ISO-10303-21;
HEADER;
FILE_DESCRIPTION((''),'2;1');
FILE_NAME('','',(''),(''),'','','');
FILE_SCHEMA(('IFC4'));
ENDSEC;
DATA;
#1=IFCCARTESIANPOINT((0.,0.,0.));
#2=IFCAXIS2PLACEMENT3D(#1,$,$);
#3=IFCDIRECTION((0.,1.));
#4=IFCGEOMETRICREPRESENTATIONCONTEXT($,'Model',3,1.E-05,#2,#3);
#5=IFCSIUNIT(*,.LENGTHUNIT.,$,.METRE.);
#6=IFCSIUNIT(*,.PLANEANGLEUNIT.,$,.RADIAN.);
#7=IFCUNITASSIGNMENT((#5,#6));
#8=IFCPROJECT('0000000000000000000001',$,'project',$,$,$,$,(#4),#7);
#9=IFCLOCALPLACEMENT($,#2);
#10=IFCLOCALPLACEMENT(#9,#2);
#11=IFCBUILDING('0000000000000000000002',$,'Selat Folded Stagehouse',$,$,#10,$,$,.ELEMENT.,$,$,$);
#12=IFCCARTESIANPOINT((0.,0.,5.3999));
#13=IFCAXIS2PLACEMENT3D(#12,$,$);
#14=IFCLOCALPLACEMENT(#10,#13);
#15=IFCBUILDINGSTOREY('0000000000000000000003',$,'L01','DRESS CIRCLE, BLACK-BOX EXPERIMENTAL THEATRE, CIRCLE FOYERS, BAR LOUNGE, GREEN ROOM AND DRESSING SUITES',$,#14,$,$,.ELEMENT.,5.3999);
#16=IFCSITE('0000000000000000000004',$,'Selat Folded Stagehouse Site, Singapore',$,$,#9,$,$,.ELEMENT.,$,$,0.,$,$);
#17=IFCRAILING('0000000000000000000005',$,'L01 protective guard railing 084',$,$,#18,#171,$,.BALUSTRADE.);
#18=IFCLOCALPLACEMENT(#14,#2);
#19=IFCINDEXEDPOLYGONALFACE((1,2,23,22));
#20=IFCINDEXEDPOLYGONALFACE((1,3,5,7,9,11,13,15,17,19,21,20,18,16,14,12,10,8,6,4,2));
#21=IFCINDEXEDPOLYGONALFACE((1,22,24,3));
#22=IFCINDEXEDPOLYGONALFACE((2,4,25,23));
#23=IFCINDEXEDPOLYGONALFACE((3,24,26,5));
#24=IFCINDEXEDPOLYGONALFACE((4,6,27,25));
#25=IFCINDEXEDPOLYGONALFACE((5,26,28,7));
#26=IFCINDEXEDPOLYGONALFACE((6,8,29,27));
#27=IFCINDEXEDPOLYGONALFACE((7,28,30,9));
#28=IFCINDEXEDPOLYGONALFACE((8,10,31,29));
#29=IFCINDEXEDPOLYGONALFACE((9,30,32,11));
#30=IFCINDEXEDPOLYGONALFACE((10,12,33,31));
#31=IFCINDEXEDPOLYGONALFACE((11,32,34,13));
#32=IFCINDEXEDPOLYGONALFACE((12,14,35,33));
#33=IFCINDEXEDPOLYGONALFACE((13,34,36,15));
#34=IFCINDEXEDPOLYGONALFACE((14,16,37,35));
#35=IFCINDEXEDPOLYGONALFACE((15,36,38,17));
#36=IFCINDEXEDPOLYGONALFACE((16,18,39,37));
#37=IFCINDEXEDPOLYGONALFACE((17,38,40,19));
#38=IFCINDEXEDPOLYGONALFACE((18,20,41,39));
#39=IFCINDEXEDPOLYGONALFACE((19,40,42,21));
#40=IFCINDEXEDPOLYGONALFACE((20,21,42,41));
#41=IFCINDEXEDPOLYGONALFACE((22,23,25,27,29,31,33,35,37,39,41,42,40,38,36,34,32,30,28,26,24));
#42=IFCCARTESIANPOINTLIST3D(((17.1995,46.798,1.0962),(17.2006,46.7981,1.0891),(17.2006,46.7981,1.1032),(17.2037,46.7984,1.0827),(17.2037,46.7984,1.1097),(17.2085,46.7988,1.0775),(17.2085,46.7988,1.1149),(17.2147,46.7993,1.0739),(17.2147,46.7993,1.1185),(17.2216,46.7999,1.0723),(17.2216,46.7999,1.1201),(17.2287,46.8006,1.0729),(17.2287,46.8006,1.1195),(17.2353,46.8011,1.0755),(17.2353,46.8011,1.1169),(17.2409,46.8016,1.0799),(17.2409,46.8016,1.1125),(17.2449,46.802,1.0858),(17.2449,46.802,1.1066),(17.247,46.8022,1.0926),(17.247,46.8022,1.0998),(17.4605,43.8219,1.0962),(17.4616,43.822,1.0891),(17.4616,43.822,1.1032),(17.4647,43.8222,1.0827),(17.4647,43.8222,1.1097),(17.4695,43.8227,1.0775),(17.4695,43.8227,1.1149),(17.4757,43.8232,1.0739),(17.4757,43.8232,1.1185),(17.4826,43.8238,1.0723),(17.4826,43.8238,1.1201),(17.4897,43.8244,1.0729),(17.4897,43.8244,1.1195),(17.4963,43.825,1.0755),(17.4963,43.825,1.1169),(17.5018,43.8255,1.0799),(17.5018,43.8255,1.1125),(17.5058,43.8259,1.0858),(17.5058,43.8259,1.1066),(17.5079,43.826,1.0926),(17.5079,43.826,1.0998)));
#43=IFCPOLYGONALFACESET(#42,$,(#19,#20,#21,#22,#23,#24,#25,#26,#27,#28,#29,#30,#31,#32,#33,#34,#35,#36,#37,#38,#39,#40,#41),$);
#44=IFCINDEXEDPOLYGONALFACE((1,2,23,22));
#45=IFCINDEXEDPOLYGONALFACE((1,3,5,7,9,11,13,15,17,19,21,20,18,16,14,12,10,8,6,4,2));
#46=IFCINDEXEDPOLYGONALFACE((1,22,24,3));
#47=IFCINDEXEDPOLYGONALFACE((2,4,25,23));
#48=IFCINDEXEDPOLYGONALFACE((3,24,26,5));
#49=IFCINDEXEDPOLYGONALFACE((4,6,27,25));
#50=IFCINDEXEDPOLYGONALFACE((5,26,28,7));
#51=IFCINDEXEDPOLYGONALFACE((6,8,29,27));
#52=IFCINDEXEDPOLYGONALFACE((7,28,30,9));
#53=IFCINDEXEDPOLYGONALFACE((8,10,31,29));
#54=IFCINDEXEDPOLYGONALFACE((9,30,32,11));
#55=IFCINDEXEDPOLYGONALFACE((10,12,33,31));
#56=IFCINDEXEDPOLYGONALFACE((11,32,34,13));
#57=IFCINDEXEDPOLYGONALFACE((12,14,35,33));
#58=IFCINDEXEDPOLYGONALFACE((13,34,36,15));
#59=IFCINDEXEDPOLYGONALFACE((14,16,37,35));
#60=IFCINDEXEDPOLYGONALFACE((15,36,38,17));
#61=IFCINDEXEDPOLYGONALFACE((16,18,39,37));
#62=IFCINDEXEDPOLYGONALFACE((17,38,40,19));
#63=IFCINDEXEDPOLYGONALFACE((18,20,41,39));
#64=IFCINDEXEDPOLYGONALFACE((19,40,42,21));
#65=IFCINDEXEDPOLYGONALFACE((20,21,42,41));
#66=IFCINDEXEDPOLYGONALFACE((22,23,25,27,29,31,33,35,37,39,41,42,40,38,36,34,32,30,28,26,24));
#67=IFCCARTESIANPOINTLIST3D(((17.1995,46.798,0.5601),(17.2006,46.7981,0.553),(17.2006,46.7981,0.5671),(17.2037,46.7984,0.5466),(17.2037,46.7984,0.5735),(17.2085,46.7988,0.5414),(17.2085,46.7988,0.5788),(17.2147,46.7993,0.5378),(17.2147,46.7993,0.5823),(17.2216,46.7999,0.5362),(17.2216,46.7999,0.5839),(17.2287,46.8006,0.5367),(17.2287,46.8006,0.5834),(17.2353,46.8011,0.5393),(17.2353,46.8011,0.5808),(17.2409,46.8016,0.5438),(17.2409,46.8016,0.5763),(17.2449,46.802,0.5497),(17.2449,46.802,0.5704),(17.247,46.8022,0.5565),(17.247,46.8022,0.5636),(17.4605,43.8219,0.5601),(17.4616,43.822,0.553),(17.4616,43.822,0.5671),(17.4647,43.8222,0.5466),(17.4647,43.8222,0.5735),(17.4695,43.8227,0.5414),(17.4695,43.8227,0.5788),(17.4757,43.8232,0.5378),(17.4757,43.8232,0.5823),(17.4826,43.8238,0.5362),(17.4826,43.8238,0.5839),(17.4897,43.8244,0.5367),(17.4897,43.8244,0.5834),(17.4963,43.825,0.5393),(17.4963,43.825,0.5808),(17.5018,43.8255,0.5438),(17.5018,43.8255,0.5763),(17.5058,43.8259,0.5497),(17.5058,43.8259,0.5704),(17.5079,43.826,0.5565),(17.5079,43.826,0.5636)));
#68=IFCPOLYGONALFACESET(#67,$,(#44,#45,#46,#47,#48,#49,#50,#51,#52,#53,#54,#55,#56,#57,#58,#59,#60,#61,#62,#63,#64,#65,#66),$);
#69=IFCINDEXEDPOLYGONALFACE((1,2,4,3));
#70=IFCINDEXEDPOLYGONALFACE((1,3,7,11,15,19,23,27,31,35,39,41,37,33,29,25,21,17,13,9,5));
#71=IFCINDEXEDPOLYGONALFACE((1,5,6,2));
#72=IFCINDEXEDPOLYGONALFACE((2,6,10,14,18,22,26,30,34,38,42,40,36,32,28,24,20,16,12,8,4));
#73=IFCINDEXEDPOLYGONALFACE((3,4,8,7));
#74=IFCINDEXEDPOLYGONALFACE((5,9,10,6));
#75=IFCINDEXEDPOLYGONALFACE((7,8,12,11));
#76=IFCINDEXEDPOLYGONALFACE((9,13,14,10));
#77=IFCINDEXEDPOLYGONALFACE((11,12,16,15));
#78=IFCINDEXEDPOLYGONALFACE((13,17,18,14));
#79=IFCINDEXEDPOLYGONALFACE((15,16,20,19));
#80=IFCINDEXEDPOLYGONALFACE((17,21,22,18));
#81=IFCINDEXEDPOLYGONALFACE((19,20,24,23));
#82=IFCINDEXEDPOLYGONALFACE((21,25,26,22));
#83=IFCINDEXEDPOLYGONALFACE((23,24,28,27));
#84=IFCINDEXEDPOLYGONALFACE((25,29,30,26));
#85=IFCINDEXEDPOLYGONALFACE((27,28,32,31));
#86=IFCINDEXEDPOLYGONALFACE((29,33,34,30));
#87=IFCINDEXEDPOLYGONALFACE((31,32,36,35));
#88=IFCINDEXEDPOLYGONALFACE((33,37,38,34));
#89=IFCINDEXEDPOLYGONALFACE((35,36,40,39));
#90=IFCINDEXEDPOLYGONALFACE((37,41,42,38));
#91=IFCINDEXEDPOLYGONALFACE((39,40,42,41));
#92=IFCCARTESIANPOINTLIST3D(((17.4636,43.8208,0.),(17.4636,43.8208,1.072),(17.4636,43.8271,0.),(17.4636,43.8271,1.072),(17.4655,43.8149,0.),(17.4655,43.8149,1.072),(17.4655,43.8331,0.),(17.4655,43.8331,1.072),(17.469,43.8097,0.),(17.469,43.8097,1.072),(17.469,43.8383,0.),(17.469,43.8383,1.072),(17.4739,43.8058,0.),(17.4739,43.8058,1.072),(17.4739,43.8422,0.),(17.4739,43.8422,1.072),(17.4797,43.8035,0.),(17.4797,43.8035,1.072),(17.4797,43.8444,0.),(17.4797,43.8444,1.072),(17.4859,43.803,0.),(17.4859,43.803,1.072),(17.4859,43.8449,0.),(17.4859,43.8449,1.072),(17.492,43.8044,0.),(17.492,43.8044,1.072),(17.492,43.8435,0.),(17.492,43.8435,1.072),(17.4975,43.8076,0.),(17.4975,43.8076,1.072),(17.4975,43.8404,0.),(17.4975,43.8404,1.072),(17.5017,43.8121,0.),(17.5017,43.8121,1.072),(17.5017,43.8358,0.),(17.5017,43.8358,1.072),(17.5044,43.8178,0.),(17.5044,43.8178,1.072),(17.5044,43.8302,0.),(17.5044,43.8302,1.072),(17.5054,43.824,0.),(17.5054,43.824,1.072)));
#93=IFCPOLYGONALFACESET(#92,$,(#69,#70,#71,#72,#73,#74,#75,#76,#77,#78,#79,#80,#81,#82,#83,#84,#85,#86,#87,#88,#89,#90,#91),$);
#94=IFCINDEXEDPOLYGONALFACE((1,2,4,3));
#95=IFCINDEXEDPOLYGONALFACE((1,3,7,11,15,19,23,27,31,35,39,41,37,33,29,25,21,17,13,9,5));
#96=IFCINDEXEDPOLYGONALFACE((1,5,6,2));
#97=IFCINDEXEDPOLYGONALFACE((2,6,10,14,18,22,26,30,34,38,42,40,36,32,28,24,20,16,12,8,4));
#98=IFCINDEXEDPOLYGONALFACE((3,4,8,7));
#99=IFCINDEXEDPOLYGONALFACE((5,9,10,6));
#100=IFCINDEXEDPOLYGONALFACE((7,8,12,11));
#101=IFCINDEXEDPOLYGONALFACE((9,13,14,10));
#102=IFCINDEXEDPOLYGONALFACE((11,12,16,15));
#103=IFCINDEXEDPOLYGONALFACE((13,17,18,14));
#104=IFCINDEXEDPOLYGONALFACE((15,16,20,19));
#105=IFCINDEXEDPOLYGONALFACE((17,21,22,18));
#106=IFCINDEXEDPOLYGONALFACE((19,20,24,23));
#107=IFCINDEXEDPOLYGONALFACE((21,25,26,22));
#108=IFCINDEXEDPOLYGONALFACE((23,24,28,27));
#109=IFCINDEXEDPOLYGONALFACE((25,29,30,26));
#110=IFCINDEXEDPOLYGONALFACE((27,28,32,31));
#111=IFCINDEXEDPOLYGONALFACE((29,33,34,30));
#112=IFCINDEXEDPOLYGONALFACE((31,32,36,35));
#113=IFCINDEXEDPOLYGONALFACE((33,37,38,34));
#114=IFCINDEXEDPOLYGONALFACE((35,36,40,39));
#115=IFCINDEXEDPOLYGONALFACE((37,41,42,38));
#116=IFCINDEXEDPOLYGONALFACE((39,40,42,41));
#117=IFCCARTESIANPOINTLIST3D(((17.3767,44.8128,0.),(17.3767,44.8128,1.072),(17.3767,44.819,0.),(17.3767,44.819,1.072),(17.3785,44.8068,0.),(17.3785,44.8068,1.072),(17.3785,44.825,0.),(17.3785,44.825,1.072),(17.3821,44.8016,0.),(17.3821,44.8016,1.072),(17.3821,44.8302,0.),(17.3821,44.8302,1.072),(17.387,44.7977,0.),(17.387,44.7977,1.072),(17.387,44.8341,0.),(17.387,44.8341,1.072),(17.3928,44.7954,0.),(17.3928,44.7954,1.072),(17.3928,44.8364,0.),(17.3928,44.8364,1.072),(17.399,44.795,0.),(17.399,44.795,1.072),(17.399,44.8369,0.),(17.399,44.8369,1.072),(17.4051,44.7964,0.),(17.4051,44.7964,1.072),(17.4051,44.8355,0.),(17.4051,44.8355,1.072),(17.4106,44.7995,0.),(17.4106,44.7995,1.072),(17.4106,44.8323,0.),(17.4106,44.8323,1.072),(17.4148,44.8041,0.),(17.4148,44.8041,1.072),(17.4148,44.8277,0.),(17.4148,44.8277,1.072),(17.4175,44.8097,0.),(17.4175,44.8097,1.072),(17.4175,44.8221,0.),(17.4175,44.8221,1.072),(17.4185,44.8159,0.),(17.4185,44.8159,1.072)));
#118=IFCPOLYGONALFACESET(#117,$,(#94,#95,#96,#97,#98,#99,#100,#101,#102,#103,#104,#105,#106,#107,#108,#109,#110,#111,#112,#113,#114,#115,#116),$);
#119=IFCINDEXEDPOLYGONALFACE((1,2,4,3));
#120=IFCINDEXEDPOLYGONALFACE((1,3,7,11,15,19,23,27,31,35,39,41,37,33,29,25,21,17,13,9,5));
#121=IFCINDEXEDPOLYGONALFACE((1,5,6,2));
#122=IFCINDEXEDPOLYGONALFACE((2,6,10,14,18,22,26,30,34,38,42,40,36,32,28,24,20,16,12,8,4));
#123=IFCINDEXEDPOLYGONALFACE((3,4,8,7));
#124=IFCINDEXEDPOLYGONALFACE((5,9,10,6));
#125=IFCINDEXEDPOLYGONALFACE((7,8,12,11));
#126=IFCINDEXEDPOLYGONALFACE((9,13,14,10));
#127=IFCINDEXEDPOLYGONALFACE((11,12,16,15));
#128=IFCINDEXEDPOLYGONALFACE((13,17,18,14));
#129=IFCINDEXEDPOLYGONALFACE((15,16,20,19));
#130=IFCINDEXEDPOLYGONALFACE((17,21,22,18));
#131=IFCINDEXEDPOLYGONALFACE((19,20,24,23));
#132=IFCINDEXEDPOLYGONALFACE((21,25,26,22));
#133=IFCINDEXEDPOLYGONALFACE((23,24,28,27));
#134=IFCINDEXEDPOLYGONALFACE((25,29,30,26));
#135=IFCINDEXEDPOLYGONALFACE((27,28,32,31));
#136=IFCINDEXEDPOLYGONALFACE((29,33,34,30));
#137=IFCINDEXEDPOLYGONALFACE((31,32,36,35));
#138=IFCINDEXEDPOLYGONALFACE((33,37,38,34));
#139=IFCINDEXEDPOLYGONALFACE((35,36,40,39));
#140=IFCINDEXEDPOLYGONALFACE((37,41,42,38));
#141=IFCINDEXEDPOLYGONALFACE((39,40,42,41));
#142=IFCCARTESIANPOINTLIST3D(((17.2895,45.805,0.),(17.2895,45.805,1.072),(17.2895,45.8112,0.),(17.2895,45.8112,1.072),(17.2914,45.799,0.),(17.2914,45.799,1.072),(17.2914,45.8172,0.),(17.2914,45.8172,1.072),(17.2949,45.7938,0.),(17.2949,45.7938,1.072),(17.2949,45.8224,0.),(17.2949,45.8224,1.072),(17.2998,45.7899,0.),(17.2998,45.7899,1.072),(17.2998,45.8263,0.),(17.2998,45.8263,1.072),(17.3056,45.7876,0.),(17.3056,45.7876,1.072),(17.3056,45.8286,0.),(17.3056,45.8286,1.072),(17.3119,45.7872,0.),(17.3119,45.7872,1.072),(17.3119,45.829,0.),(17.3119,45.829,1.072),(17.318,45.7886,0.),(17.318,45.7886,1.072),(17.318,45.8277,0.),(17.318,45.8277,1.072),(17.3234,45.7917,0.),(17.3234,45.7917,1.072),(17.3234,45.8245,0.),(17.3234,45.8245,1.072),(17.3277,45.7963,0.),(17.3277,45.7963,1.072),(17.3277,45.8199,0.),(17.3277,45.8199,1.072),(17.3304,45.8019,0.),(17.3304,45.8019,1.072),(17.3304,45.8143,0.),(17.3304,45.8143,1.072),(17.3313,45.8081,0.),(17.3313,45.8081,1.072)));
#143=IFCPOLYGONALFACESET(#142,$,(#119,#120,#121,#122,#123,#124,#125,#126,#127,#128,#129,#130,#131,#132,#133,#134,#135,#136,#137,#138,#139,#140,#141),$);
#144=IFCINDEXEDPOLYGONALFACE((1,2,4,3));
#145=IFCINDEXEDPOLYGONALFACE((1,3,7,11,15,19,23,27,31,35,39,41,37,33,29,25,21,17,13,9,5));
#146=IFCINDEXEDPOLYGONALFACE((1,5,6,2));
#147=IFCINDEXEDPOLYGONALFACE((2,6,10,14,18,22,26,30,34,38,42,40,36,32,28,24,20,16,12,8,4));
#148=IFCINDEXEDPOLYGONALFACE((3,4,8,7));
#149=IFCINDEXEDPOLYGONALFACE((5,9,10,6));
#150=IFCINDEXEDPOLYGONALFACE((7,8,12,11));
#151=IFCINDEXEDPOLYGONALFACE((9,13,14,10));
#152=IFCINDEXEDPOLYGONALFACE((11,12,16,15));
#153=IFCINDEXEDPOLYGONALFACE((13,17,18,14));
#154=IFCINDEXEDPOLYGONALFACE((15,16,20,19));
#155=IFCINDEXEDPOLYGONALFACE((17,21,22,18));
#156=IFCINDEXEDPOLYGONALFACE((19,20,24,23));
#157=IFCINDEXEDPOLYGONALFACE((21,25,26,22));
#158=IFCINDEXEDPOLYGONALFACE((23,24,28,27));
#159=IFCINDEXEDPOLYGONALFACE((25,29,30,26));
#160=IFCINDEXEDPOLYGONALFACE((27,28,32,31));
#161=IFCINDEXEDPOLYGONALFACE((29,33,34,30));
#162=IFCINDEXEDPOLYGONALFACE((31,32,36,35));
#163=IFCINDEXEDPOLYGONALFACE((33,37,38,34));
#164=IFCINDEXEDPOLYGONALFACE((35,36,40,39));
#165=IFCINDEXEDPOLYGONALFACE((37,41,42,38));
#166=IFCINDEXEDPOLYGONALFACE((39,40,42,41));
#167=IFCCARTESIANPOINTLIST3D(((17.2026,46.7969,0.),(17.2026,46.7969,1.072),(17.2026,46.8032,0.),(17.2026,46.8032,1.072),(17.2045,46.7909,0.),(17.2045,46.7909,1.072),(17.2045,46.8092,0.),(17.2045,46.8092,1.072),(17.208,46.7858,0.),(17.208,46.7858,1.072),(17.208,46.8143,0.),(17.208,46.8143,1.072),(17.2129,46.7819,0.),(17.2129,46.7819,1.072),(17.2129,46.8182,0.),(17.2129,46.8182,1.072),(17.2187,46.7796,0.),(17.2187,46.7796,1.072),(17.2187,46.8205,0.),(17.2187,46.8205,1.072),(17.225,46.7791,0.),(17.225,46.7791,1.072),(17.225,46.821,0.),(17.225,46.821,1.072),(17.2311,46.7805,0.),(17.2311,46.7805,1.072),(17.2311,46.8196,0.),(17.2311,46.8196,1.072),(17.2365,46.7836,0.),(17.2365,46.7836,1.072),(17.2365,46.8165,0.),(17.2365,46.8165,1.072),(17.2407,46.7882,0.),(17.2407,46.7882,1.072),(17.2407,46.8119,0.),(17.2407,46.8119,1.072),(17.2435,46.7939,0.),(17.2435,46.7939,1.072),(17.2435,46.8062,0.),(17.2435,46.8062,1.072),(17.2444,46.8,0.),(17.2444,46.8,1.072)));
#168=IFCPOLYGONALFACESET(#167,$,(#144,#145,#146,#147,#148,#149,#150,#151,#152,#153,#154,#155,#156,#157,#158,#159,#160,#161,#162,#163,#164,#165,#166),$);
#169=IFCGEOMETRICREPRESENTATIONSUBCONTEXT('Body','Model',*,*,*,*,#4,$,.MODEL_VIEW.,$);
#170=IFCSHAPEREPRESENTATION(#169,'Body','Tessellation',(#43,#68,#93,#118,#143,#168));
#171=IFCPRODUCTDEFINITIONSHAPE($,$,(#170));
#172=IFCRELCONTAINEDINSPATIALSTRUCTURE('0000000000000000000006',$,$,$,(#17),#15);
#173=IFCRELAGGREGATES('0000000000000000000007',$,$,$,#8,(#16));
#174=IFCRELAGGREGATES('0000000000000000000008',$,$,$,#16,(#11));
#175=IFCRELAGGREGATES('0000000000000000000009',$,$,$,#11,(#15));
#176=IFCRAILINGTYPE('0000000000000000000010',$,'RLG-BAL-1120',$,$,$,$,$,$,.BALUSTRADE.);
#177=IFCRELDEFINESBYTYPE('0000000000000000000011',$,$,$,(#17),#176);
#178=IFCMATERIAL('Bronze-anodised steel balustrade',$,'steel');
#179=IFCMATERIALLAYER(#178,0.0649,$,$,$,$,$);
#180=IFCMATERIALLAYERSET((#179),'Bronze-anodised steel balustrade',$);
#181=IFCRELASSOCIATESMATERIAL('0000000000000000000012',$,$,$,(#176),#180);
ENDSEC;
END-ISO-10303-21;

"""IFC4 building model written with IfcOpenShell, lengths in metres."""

from ifc_helpers import new_model, si_unit, direction, frame, origin, origin_2d, place, context, subcontext, project, spatial, circle, extrude, material, layer, layer_set, type_object, element, save


model = new_model("IFC4")

# Units and contexts
model_context = context("Model", 3, precision=1e-05, world=origin(), true_north=direction((0.0, 1.0)))
body_context = subcontext(model_context, "Body", "Model", "MODEL_VIEW")
ifc_project = project(units=[si_unit("LENGTHUNIT", "METRE"), si_unit("PLANEANGLEUNIT", "RADIAN")], contexts=[model_context])

# Site, building, storey
site_placement = place(None, origin())
site = spatial("IfcSite", under=ifc_project, at=site_placement, Name="Selat Folded Stagehouse Site, Singapore", CompositionType="ELEMENT", RefElevation=0.0)
building_placement = place(site_placement, origin())
building = spatial("IfcBuilding", under=site, at=building_placement, Name="Selat Folded Stagehouse", CompositionType="ELEMENT")
storey_placement = place(building_placement, frame((0.0, 0.0, 5.3999)))
storey = spatial("IfcBuildingStorey", under=building, at=storey_placement, Name="L01", Description="DRESS CIRCLE, BLACK-BOX EXPERIMENTAL THEATRE, CIRCLE FOYERS, BAR LOUNGE, GREEN ROOM AND DRESSING SUITES", CompositionType="ELEMENT", Elevation=5.3999)

# Railing
ifc_material_1 = material(Name="Bronze-anodised steel balustrade", Category="steel")
ifc_layer_1 = layer(ifc_material_1, 0.0649)
ifc_layer_set_1 = layer_set([ifc_layer_1], Name="Bronze-anodised steel balustrade")
railing_type = type_object("IfcRailingType", Name="RLG-BAL-1120", PredefinedType="BALUSTRADE", material=ifc_layer_set_1)
railing_1_placement = place(storey_placement, frame((17.4844, 43.824, 0.0)))
element("IfcRailing", 1, at=railing_1_placement, inside=storey, type_object=railing_type, Name="L01 protective guard railing 084", PredefinedType="BALUSTRADE", context=body_context, shape_type="SweptSolid", body=[
    extrude(circle(Radius=0.0239, at=origin_2d()), frame((0.0, 0.0, 1.0962), z_axis=(-0.08736, 0.996177, 0.0), x_axis=(-0.996177, -0.08736, 0.0)), (0.0, 0.0, 1.0), 2.9875),
    extrude(circle(Radius=0.0239, at=origin_2d()), frame((0.0, 0.0, 0.5601), z_axis=(-0.08736, 0.996177, 0.0), x_axis=(-0.996177, -0.08736, 0.0)), (0.0, 0.0, 1.0), 2.9875),
    extrude(circle(Radius=0.021, at=origin_2d()), origin(), (0.0, 0.0, 1.0), 1.072),
    extrude(circle(Radius=0.021, at=origin_2d()), frame((-0.0869, 0.9919, 0.0)), (0.0, 0.0, 1.0), 1.072),
    extrude(circle(Radius=0.021, at=origin_2d()), frame((-0.1741, 1.9841, 0.0)), (0.0, 0.0, 1.0), 1.072),
    extrude(circle(Radius=0.021, at=origin_2d()), frame((-0.261, 2.9761, 0.0)), (0.0, 0.0, 1.0), 1.072),
])

save(model, "model.ifc")
